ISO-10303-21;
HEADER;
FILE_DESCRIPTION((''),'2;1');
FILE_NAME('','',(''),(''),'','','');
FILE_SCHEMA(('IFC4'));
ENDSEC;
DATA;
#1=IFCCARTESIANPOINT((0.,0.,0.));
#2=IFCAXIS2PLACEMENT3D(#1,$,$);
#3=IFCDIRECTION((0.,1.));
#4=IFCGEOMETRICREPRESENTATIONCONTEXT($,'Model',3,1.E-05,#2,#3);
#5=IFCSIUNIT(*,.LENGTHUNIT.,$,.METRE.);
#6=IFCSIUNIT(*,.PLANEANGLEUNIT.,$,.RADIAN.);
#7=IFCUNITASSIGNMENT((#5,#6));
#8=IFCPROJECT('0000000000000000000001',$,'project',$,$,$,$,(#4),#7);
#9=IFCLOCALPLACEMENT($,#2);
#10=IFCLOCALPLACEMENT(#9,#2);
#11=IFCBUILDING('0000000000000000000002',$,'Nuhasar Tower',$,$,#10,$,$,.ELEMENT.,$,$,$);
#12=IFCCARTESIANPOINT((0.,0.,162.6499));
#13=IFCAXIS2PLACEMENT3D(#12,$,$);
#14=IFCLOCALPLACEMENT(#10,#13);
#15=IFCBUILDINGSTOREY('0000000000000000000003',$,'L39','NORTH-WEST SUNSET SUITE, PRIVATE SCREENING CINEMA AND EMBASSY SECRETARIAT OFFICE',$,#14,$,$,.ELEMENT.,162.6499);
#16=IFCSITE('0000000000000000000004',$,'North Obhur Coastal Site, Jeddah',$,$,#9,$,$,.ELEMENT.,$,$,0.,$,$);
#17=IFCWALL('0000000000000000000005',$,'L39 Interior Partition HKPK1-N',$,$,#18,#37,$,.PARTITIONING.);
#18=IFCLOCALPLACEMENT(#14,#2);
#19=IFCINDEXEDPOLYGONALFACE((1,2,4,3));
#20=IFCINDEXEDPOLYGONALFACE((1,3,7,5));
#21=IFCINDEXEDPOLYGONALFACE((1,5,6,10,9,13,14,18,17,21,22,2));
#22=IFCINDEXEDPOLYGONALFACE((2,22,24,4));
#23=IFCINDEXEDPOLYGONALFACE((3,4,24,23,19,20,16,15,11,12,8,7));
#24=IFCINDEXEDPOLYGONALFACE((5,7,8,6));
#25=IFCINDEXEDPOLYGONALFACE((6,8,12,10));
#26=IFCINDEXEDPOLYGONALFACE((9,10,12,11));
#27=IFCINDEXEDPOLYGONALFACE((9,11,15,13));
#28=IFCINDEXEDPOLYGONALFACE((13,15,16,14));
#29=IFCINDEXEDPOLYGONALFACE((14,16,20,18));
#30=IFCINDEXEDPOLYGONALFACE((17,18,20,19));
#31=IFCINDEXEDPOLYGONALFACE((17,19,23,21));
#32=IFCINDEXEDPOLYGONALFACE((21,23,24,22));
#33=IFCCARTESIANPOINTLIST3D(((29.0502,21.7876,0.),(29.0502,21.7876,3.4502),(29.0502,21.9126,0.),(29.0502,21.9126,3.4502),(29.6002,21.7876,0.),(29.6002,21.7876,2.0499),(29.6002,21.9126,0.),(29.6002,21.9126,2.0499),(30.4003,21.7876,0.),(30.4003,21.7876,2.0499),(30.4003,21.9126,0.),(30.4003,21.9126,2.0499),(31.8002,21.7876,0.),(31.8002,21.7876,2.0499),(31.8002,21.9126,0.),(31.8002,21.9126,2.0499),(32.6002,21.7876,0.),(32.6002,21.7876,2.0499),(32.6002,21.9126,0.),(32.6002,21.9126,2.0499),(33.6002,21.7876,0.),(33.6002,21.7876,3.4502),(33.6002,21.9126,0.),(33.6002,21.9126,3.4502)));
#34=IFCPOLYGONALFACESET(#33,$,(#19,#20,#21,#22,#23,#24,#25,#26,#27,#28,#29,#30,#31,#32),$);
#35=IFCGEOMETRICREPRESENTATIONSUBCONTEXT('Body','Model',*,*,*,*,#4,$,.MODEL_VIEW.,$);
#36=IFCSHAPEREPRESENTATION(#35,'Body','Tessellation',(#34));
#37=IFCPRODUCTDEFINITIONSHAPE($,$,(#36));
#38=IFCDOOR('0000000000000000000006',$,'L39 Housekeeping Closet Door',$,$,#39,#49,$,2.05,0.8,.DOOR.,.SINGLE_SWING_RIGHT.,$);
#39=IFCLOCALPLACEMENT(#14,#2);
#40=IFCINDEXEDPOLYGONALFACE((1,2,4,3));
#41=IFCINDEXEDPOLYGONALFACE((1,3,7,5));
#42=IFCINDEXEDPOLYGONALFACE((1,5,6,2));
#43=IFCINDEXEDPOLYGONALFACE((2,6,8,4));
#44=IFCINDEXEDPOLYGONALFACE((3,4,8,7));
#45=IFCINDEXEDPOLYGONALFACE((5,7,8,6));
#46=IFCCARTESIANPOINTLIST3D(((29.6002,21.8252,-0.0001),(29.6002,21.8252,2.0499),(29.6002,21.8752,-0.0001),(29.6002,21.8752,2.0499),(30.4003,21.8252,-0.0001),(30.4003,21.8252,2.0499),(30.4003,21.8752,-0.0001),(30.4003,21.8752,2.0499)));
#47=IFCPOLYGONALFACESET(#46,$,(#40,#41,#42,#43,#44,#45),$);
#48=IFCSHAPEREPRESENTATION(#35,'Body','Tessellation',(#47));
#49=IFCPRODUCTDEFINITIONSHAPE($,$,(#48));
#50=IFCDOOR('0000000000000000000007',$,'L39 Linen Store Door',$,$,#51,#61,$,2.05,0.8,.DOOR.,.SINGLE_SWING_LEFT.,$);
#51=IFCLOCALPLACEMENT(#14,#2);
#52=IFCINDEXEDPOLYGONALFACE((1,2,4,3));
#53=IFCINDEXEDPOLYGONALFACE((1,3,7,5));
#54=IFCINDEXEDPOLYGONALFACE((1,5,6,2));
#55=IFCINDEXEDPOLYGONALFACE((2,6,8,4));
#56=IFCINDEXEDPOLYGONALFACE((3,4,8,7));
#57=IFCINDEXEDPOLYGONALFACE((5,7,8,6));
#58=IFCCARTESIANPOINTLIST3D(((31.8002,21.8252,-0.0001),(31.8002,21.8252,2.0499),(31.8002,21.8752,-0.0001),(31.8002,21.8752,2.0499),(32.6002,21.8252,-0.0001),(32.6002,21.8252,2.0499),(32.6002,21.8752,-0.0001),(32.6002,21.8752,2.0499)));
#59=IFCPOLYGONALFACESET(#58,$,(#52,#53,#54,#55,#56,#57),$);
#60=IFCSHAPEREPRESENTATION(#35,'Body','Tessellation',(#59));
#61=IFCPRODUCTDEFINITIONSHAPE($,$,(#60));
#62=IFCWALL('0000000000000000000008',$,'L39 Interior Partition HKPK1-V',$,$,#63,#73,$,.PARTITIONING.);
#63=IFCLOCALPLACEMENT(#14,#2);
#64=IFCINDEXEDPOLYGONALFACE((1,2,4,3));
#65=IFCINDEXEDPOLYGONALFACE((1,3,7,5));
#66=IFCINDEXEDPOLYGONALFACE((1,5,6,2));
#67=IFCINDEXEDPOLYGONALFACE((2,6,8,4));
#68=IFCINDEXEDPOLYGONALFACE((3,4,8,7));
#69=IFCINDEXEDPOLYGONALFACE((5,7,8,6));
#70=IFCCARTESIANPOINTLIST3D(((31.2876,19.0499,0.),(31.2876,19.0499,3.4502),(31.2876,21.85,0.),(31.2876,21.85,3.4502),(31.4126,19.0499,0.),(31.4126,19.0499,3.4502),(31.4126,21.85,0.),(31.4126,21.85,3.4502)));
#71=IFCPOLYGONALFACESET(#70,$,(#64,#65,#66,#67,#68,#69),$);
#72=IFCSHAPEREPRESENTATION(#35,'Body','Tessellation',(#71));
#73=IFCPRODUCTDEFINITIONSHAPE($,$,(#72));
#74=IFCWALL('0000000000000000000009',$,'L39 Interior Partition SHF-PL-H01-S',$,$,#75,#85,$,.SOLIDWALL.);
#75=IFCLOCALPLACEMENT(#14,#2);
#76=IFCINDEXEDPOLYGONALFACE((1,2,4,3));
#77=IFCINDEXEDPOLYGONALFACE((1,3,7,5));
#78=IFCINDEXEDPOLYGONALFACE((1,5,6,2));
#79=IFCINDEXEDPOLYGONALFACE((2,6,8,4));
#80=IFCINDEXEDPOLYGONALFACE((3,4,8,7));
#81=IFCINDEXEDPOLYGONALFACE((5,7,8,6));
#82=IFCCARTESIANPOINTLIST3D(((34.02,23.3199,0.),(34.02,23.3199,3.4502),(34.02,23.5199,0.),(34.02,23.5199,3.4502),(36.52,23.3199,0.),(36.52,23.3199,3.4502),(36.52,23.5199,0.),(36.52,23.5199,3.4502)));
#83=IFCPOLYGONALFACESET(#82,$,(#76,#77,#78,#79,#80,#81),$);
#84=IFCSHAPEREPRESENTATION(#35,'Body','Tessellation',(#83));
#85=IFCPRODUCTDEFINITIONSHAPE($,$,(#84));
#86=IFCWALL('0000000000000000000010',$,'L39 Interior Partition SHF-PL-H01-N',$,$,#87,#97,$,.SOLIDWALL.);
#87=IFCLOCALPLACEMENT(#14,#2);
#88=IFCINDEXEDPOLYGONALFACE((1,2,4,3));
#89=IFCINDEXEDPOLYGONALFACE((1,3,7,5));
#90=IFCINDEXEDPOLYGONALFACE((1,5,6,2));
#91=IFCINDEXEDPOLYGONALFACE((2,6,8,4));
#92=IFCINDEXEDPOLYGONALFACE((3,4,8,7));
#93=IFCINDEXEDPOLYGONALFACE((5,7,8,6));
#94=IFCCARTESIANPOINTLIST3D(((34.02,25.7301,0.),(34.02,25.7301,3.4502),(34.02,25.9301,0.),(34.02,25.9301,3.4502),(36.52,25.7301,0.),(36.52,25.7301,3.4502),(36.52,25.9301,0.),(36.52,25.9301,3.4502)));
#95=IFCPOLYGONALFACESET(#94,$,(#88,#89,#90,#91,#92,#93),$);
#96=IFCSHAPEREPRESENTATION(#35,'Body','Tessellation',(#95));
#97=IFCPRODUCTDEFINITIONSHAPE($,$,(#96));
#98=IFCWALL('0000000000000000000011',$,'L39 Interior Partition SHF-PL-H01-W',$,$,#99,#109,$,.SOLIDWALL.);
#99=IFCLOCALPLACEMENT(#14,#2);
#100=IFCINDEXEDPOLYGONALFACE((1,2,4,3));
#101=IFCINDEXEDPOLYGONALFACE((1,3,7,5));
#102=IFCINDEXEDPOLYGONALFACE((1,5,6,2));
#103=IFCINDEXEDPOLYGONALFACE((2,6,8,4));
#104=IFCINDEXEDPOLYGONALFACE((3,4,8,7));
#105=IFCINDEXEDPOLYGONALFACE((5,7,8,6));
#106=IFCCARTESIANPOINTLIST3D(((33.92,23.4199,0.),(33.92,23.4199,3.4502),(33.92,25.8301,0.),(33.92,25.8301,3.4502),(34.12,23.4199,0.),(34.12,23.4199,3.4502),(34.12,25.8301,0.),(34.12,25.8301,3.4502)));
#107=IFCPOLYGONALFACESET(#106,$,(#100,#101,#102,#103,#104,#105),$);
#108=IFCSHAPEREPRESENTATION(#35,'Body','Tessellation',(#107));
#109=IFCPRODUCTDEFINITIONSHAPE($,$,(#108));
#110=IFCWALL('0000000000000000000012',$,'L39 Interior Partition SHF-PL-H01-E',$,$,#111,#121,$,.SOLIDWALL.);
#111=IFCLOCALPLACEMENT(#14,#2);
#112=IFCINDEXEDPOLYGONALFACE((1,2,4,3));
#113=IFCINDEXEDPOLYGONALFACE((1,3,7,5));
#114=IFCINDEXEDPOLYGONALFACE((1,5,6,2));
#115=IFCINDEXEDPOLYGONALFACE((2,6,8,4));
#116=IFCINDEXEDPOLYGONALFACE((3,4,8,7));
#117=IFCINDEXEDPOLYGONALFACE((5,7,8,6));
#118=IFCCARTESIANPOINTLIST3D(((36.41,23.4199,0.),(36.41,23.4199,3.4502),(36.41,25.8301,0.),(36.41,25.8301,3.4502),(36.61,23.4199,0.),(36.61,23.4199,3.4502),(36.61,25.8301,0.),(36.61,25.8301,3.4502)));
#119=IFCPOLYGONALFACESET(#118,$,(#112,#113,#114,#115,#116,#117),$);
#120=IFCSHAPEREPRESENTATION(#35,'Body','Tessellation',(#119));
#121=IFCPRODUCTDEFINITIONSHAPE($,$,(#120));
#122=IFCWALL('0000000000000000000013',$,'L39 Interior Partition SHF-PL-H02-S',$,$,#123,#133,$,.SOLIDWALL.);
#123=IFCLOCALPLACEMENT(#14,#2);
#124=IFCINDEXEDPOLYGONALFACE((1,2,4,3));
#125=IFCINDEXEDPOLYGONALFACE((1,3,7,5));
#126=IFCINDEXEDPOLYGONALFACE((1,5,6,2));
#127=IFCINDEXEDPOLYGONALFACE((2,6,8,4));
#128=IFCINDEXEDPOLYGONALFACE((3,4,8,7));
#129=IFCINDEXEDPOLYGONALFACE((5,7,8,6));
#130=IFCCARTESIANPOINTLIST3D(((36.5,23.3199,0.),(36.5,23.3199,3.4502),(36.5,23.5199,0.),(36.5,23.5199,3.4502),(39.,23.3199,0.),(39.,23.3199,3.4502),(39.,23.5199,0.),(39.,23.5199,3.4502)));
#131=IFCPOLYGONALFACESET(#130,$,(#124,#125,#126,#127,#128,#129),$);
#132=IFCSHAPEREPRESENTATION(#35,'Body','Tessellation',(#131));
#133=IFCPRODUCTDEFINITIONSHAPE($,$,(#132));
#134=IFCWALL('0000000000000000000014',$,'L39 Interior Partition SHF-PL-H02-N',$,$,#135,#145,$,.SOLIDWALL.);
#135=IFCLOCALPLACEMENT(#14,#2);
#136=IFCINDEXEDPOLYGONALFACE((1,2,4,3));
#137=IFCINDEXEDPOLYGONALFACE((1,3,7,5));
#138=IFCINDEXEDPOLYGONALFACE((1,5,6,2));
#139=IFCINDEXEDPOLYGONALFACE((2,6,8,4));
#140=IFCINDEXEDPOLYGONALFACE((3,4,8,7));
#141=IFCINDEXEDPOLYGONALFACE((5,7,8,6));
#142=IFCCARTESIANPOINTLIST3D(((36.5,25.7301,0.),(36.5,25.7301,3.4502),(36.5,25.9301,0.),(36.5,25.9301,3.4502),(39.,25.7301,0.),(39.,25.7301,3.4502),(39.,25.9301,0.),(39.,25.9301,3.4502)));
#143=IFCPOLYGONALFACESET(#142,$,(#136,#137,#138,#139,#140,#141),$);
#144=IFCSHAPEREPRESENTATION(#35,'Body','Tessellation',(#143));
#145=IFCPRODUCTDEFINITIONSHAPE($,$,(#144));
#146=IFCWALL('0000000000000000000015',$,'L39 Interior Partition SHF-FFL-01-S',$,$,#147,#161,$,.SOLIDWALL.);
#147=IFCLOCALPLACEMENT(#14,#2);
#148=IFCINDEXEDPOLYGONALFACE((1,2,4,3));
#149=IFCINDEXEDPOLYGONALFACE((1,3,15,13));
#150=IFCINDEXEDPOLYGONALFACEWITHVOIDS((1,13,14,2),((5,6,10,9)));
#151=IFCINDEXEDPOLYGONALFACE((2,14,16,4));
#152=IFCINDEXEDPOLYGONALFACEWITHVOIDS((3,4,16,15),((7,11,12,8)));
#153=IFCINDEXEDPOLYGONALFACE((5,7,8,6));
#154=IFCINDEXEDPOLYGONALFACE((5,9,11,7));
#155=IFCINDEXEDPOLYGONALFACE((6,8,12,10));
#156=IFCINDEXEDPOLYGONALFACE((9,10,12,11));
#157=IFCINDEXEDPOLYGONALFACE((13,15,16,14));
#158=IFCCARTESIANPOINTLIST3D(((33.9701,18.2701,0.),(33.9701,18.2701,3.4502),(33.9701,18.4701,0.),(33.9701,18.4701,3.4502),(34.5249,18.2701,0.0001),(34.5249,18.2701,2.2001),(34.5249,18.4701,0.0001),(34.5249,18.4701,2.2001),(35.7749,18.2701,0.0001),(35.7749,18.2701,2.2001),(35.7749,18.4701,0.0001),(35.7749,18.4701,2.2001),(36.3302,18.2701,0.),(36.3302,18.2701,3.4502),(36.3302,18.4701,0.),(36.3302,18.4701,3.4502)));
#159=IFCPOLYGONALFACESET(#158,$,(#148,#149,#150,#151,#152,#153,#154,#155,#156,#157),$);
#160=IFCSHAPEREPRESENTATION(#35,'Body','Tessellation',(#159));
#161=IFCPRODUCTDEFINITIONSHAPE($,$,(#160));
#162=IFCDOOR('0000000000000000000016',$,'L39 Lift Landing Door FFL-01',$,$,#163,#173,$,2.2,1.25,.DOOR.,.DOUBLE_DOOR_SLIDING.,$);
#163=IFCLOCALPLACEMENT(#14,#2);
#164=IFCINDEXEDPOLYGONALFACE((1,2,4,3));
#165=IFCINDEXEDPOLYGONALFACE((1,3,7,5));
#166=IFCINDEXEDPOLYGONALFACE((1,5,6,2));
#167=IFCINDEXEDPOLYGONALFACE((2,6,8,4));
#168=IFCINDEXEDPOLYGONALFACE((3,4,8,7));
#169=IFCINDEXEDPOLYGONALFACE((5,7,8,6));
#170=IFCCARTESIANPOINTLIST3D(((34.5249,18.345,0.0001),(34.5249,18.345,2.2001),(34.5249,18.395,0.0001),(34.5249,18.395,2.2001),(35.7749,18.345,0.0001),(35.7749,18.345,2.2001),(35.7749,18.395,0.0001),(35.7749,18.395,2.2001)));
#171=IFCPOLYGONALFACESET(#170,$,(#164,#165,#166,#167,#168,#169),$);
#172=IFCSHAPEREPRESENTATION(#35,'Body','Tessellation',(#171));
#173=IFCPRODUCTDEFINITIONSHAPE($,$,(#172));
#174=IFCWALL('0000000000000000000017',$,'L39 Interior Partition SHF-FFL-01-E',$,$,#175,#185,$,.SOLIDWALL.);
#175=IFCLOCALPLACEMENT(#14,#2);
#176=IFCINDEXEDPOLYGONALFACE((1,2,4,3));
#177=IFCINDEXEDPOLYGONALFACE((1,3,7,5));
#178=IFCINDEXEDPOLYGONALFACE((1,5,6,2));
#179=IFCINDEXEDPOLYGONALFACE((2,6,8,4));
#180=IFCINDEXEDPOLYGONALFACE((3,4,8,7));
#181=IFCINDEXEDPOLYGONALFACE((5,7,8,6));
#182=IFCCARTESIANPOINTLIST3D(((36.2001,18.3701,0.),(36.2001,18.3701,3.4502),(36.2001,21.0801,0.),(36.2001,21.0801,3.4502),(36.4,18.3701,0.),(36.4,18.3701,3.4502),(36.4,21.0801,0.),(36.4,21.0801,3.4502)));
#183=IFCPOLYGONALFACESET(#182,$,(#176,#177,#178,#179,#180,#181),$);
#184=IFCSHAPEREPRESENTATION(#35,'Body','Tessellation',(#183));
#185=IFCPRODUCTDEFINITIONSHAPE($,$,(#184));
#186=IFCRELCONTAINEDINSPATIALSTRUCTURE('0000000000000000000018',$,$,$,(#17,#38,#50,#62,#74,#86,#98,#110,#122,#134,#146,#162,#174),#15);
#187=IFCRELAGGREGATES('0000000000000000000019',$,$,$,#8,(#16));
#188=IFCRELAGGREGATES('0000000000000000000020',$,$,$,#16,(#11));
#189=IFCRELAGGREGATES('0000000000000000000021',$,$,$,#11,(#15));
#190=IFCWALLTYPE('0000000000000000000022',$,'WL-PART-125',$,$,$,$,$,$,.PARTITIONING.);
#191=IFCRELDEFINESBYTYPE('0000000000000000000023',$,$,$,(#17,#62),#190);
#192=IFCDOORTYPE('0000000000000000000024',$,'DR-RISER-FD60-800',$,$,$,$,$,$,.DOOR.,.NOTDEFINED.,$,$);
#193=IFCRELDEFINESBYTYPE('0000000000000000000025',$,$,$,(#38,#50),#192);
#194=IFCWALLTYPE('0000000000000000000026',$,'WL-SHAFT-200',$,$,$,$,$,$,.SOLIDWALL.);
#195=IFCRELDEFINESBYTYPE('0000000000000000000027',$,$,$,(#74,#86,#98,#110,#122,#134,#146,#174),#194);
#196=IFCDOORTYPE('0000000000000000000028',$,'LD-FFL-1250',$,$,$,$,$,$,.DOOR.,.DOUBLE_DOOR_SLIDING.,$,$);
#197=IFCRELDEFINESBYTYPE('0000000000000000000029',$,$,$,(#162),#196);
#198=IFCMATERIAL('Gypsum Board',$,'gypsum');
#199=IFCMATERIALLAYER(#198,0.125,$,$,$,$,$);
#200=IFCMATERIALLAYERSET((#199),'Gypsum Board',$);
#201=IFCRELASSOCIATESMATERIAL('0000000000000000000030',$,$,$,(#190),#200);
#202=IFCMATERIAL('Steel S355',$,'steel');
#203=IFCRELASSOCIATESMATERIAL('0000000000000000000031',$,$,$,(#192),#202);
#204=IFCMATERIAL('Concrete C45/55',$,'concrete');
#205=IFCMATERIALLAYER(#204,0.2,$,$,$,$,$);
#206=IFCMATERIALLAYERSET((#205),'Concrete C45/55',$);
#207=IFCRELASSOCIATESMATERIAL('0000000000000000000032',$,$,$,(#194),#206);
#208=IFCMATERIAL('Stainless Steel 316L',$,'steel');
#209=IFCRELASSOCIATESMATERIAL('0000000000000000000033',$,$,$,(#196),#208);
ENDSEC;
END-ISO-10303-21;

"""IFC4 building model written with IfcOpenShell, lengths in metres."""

from ifc_helpers import new_model, si_unit, direction, frame, frame_2d, origin, place, context, subcontext, project, spatial, rectangle, extrude, material, layer, layer_set, type_object, element, fill, save


model = new_model("IFC4")

# Units and contexts
model_context = context("Model", 3, precision=1e-05, world=origin(), true_north=direction((0.0, 1.0)))
body_context = subcontext(model_context, "Body", "Model", "MODEL_VIEW")
ifc_project = project(units=[si_unit("LENGTHUNIT", "METRE"), si_unit("PLANEANGLEUNIT", "RADIAN")], contexts=[model_context])

# Site, building, storey
site_placement = place(None, origin())
site = spatial("IfcSite", under=ifc_project, at=site_placement, Name="North Obhur Coastal Site, Jeddah", CompositionType="ELEMENT", RefElevation=0.0)
building_placement = place(site_placement, origin())
building = spatial("IfcBuilding", under=site, at=building_placement, Name="Nuhasar Tower", CompositionType="ELEMENT")
storey_placement = place(building_placement, frame((0.0, 0.0, 162.6499)))
storey = spatial("IfcBuildingStorey", under=building, at=storey_placement, Name="L39", Description="NORTH-WEST SUNSET SUITE, PRIVATE SCREENING CINEMA AND EMBASSY SECRETARIAT OFFICE", CompositionType="ELEMENT", Elevation=162.6499)

# Shared definitions
ifc_material_1 = material(Name="Steel S355", Category="steel")

# Shared definitions
ifc_material_2 = material(Name="Gypsum Board", Category="gypsum")

# Shared definitions
ifc_material_3 = material(Name="Concrete C45/55", Category="concrete")

# Wall, openings, doors
ifc_layer_1 = layer(ifc_material_2, 0.125)
ifc_layer_set_1 = layer_set([ifc_layer_1], Name="Gypsum Board")
wall_type_1 = type_object("IfcWallType", Name="WL-PART-125", PredefinedType="PARTITIONING", material=ifc_layer_set_1)
wall_1_placement = place(storey_placement, frame((33.6001, 21.8501, 0.0), z_axis=(0.0, 0.0, 1.0), x_axis=(-1.0, 0.0, 0.0)))
wall_1 = element("IfcWall", 1, at=wall_1_placement, inside=storey, type_object=wall_type_1, Name="L39 Interior Partition HKPK1-N", PredefinedType="PARTITIONING", context=body_context, shape_type="SweptSolid", body=[
    extrude(rectangle(XDim=4.55, YDim=0.125, at=frame_2d((2.2749, 0.0))), origin(), (0.0, 0.0, 1.0), 3.4502),
])
opening_1_placement = place(wall_1_placement, frame((3.2, 0.0, 0.0)))
opening_1 = element("IfcOpeningElement", 2, at=opening_1_placement, cuts=wall_1, PredefinedType="OPENING", context=body_context, shape_type="SweptSolid", body=[
    extrude(rectangle(XDim=0.8, YDim=2.05, at=frame_2d((0.3999, 1.0249))), frame((0.0, 0.0725, 0.0), z_axis=(0.0, -1.0, 0.0), x_axis=(1.0, 0.0, 0.0)), (0.0, 0.0, 1.0), 0.145),
])
opening_2_placement = place(wall_1_placement, frame((1.0, 0.0, 0.0)))
opening_2 = element("IfcOpeningElement", 3, at=opening_2_placement, cuts=wall_1, PredefinedType="OPENING", context=body_context, shape_type="SweptSolid", body=[
    extrude(rectangle(XDim=0.8, YDim=2.05, at=frame_2d((0.3999, 1.0249))), frame((0.0, 0.0725, 0.0), z_axis=(0.0, -1.0, 0.0), x_axis=(1.0, 0.0, 0.0)), (0.0, 0.0, 1.0), 0.145),
])
door_type_1 = type_object("IfcDoorType", Name="DR-RISER-FD60-800", OperationType="NOTDEFINED", PredefinedType="DOOR", material=ifc_material_1)
door_1_placement = place(opening_1_placement, origin())
door_1 = element("IfcDoor", 4, at=door_1_placement, inside=storey, type_object=door_type_1, Name="L39 Housekeeping Closet Door", OperationType="SINGLE_SWING_RIGHT", OverallHeight=2.05, OverallWidth=0.8, PredefinedType="DOOR", context=body_context, shape_type="SweptSolid", body=[
    extrude(rectangle(XDim=0.8, YDim=2.05, at=frame_2d((0.3999, 1.0249))), frame((0.0, 0.0249, 0.0), z_axis=(0.0, -1.0, 0.0), x_axis=(1.0, 0.0, 0.0)), (0.0, 0.0, 1.0), 0.05),
])
fill(opening_1, door_1)
door_2_placement = place(opening_2_placement, origin())
door_2 = element("IfcDoor", 5, at=door_2_placement, inside=storey, type_object=door_type_1, Name="L39 Linen Store Door", OperationType="SINGLE_SWING_LEFT", OverallHeight=2.05, OverallWidth=0.8, PredefinedType="DOOR", context=body_context, shape_type="SweptSolid", body=[
    extrude(rectangle(XDim=0.8, YDim=2.05, at=frame_2d((0.3999, 1.0249))), frame((0.0, 0.0249, 0.0), z_axis=(0.0, -1.0, 0.0), x_axis=(1.0, 0.0, 0.0)), (0.0, 0.0, 1.0), 0.05),
])
fill(opening_2, door_2)

# Walls
wall_2_placement = place(storey_placement, frame((31.3501, 19.05, 0.0), z_axis=(0.0, 0.0, 1.0), x_axis=(0.0, 1.0, 0.0)))
element("IfcWall", 6, at=wall_2_placement, inside=storey, type_object=wall_type_1, Name="L39 Interior Partition HKPK1-V", PredefinedType="PARTITIONING", context=body_context, shape_type="SweptSolid", body=[
    extrude(rectangle(XDim=2.8, YDim=0.125, at=frame_2d((1.3999, 0.0))), origin(), (0.0, 0.0, 1.0), 3.4502),
])
ifc_layer_2 = layer(ifc_material_3, 0.2)
ifc_layer_set_2 = layer_set([ifc_layer_2], Name="Concrete C45/55")
wall_type_2 = type_object("IfcWallType", Name="WL-SHAFT-200", PredefinedType="SOLIDWALL", material=ifc_layer_set_2)
for number, where, z_axis, x_axis, name in (
    (7, (34.02, 23.4199, 0.0), (0.0, 0.0, 1.0), (1.0, 0.0, 0.0), "L39 Interior Partition SHF-PL-H01-S"),
    (8, (34.02, 25.8301, 0.0), (0.0, 0.0, 1.0), (1.0, 0.0, 0.0), "L39 Interior Partition SHF-PL-H01-N"),
):
    element("IfcWall", number, at=place(storey_placement, frame(where, z_axis=z_axis, x_axis=x_axis)), inside=storey, type_object=wall_type_2, Name=name, PredefinedType="SOLIDWALL", context=body_context, shape_type="SweptSolid", body=[
        extrude(rectangle(XDim=2.5, YDim=0.2, at=frame_2d((1.25, 0.0))), origin(), (0.0, 0.0, 1.0), 3.4502),
    ])
for number, where, z_axis, x_axis, name in (
    (9, (34.02, 23.4199, 0.0), (0.0, 0.0, 1.0), (0.0, 1.0, 0.0), "L39 Interior Partition SHF-PL-H01-W"),
    (10, (36.51, 23.4199, 0.0), (0.0, 0.0, 1.0), (0.0, 1.0, 0.0), "L39 Interior Partition SHF-PL-H01-E"),
):
    element("IfcWall", number, at=place(storey_placement, frame(where, z_axis=z_axis, x_axis=x_axis)), inside=storey, type_object=wall_type_2, Name=name, PredefinedType="SOLIDWALL", context=body_context, shape_type="SweptSolid", body=[
        extrude(rectangle(XDim=2.4102, YDim=0.2, at=frame_2d((1.2051, 0.0))), origin(), (0.0, 0.0, 1.0), 3.4502),
    ])
for number, where, z_axis, x_axis, name in (
    (11, (36.5, 23.4199, 0.0), (0.0, 0.0, 1.0), (1.0, 0.0, 0.0), "L39 Interior Partition SHF-PL-H02-S"),
    (12, (36.5, 25.8301, 0.0), (0.0, 0.0, 1.0), (1.0, 0.0, 0.0), "L39 Interior Partition SHF-PL-H02-N"),
):
    element("IfcWall", number, at=place(storey_placement, frame(where, z_axis=z_axis, x_axis=x_axis)), inside=storey, type_object=wall_type_2, Name=name, PredefinedType="SOLIDWALL", context=body_context, shape_type="SweptSolid", body=[
        extrude(rectangle(XDim=2.5, YDim=0.2, at=frame_2d((1.25, 0.0))), origin(), (0.0, 0.0, 1.0), 3.4502),
    ])

# Wall, opening, door
wall_3_placement = place(storey_placement, frame((33.97, 18.3701, 0.0), z_axis=(0.0, 0.0, 1.0), x_axis=(1.0, 0.0, 0.0)))
wall_3 = element("IfcWall", 13, at=wall_3_placement, inside=storey, type_object=wall_type_2, Name="L39 Interior Partition SHF-FFL-01-S", PredefinedType="SOLIDWALL", context=body_context, shape_type="SweptSolid", body=[
    extrude(rectangle(XDim=2.3601, YDim=0.2, at=frame_2d((1.1802, 0.0))), origin(), (0.0, 0.0, 1.0), 3.4502),
])
opening_3_placement = place(wall_3_placement, frame((0.5549, 0.0, 0.0)))
opening_3 = element("IfcOpeningElement", 14, at=opening_3_placement, cuts=wall_3, PredefinedType="OPENING", context=body_context, shape_type="SweptSolid", body=[
    extrude(rectangle(XDim=1.25, YDim=2.2, at=frame_2d((0.625, 1.1001))), frame((0.0, 0.1099, 0.0), z_axis=(0.0, -1.0, 0.0), x_axis=(1.0, 0.0, 0.0)), (0.0, 0.0, 1.0), 0.22),
])
ifc_material_4 = material(Name="Stainless Steel 316L", Category="steel")
door_type_2 = type_object("IfcDoorType", Name="LD-FFL-1250", OperationType="DOUBLE_DOOR_SLIDING", PredefinedType="DOOR", material=ifc_material_4)
door_3_placement = place(opening_3_placement, origin())
door_3 = element("IfcDoor", 15, at=door_3_placement, inside=storey, type_object=door_type_2, Name="L39 Lift Landing Door FFL-01", OperationType="DOUBLE_DOOR_SLIDING", OverallHeight=2.2, OverallWidth=1.25, PredefinedType="DOOR", context=body_context, shape_type="SweptSolid", body=[
    extrude(rectangle(XDim=1.25, YDim=2.2, at=frame_2d((0.625, 1.1001))), frame((0.0, 0.0249, 0.0), z_axis=(0.0, -1.0, 0.0), x_axis=(1.0, 0.0, 0.0)), (0.0, 0.0, 1.0), 0.05),
])
fill(opening_3, door_3)

# Wall
wall_4_placement = place(storey_placement, frame((36.3, 18.3701, 0.0), z_axis=(0.0, 0.0, 1.0), x_axis=(0.0, 1.0, 0.0)))
element("IfcWall", 16, at=wall_4_placement, inside=storey, type_object=wall_type_2, Name="L39 Interior Partition SHF-FFL-01-E", PredefinedType="SOLIDWALL", context=body_context, shape_type="SweptSolid", body=[
    extrude(rectangle(XDim=2.71, YDim=0.2, at=frame_2d((1.355, 0.0))), origin(), (0.0, 0.0, 1.0), 3.4502),
])

save(model, "model.ifc")
